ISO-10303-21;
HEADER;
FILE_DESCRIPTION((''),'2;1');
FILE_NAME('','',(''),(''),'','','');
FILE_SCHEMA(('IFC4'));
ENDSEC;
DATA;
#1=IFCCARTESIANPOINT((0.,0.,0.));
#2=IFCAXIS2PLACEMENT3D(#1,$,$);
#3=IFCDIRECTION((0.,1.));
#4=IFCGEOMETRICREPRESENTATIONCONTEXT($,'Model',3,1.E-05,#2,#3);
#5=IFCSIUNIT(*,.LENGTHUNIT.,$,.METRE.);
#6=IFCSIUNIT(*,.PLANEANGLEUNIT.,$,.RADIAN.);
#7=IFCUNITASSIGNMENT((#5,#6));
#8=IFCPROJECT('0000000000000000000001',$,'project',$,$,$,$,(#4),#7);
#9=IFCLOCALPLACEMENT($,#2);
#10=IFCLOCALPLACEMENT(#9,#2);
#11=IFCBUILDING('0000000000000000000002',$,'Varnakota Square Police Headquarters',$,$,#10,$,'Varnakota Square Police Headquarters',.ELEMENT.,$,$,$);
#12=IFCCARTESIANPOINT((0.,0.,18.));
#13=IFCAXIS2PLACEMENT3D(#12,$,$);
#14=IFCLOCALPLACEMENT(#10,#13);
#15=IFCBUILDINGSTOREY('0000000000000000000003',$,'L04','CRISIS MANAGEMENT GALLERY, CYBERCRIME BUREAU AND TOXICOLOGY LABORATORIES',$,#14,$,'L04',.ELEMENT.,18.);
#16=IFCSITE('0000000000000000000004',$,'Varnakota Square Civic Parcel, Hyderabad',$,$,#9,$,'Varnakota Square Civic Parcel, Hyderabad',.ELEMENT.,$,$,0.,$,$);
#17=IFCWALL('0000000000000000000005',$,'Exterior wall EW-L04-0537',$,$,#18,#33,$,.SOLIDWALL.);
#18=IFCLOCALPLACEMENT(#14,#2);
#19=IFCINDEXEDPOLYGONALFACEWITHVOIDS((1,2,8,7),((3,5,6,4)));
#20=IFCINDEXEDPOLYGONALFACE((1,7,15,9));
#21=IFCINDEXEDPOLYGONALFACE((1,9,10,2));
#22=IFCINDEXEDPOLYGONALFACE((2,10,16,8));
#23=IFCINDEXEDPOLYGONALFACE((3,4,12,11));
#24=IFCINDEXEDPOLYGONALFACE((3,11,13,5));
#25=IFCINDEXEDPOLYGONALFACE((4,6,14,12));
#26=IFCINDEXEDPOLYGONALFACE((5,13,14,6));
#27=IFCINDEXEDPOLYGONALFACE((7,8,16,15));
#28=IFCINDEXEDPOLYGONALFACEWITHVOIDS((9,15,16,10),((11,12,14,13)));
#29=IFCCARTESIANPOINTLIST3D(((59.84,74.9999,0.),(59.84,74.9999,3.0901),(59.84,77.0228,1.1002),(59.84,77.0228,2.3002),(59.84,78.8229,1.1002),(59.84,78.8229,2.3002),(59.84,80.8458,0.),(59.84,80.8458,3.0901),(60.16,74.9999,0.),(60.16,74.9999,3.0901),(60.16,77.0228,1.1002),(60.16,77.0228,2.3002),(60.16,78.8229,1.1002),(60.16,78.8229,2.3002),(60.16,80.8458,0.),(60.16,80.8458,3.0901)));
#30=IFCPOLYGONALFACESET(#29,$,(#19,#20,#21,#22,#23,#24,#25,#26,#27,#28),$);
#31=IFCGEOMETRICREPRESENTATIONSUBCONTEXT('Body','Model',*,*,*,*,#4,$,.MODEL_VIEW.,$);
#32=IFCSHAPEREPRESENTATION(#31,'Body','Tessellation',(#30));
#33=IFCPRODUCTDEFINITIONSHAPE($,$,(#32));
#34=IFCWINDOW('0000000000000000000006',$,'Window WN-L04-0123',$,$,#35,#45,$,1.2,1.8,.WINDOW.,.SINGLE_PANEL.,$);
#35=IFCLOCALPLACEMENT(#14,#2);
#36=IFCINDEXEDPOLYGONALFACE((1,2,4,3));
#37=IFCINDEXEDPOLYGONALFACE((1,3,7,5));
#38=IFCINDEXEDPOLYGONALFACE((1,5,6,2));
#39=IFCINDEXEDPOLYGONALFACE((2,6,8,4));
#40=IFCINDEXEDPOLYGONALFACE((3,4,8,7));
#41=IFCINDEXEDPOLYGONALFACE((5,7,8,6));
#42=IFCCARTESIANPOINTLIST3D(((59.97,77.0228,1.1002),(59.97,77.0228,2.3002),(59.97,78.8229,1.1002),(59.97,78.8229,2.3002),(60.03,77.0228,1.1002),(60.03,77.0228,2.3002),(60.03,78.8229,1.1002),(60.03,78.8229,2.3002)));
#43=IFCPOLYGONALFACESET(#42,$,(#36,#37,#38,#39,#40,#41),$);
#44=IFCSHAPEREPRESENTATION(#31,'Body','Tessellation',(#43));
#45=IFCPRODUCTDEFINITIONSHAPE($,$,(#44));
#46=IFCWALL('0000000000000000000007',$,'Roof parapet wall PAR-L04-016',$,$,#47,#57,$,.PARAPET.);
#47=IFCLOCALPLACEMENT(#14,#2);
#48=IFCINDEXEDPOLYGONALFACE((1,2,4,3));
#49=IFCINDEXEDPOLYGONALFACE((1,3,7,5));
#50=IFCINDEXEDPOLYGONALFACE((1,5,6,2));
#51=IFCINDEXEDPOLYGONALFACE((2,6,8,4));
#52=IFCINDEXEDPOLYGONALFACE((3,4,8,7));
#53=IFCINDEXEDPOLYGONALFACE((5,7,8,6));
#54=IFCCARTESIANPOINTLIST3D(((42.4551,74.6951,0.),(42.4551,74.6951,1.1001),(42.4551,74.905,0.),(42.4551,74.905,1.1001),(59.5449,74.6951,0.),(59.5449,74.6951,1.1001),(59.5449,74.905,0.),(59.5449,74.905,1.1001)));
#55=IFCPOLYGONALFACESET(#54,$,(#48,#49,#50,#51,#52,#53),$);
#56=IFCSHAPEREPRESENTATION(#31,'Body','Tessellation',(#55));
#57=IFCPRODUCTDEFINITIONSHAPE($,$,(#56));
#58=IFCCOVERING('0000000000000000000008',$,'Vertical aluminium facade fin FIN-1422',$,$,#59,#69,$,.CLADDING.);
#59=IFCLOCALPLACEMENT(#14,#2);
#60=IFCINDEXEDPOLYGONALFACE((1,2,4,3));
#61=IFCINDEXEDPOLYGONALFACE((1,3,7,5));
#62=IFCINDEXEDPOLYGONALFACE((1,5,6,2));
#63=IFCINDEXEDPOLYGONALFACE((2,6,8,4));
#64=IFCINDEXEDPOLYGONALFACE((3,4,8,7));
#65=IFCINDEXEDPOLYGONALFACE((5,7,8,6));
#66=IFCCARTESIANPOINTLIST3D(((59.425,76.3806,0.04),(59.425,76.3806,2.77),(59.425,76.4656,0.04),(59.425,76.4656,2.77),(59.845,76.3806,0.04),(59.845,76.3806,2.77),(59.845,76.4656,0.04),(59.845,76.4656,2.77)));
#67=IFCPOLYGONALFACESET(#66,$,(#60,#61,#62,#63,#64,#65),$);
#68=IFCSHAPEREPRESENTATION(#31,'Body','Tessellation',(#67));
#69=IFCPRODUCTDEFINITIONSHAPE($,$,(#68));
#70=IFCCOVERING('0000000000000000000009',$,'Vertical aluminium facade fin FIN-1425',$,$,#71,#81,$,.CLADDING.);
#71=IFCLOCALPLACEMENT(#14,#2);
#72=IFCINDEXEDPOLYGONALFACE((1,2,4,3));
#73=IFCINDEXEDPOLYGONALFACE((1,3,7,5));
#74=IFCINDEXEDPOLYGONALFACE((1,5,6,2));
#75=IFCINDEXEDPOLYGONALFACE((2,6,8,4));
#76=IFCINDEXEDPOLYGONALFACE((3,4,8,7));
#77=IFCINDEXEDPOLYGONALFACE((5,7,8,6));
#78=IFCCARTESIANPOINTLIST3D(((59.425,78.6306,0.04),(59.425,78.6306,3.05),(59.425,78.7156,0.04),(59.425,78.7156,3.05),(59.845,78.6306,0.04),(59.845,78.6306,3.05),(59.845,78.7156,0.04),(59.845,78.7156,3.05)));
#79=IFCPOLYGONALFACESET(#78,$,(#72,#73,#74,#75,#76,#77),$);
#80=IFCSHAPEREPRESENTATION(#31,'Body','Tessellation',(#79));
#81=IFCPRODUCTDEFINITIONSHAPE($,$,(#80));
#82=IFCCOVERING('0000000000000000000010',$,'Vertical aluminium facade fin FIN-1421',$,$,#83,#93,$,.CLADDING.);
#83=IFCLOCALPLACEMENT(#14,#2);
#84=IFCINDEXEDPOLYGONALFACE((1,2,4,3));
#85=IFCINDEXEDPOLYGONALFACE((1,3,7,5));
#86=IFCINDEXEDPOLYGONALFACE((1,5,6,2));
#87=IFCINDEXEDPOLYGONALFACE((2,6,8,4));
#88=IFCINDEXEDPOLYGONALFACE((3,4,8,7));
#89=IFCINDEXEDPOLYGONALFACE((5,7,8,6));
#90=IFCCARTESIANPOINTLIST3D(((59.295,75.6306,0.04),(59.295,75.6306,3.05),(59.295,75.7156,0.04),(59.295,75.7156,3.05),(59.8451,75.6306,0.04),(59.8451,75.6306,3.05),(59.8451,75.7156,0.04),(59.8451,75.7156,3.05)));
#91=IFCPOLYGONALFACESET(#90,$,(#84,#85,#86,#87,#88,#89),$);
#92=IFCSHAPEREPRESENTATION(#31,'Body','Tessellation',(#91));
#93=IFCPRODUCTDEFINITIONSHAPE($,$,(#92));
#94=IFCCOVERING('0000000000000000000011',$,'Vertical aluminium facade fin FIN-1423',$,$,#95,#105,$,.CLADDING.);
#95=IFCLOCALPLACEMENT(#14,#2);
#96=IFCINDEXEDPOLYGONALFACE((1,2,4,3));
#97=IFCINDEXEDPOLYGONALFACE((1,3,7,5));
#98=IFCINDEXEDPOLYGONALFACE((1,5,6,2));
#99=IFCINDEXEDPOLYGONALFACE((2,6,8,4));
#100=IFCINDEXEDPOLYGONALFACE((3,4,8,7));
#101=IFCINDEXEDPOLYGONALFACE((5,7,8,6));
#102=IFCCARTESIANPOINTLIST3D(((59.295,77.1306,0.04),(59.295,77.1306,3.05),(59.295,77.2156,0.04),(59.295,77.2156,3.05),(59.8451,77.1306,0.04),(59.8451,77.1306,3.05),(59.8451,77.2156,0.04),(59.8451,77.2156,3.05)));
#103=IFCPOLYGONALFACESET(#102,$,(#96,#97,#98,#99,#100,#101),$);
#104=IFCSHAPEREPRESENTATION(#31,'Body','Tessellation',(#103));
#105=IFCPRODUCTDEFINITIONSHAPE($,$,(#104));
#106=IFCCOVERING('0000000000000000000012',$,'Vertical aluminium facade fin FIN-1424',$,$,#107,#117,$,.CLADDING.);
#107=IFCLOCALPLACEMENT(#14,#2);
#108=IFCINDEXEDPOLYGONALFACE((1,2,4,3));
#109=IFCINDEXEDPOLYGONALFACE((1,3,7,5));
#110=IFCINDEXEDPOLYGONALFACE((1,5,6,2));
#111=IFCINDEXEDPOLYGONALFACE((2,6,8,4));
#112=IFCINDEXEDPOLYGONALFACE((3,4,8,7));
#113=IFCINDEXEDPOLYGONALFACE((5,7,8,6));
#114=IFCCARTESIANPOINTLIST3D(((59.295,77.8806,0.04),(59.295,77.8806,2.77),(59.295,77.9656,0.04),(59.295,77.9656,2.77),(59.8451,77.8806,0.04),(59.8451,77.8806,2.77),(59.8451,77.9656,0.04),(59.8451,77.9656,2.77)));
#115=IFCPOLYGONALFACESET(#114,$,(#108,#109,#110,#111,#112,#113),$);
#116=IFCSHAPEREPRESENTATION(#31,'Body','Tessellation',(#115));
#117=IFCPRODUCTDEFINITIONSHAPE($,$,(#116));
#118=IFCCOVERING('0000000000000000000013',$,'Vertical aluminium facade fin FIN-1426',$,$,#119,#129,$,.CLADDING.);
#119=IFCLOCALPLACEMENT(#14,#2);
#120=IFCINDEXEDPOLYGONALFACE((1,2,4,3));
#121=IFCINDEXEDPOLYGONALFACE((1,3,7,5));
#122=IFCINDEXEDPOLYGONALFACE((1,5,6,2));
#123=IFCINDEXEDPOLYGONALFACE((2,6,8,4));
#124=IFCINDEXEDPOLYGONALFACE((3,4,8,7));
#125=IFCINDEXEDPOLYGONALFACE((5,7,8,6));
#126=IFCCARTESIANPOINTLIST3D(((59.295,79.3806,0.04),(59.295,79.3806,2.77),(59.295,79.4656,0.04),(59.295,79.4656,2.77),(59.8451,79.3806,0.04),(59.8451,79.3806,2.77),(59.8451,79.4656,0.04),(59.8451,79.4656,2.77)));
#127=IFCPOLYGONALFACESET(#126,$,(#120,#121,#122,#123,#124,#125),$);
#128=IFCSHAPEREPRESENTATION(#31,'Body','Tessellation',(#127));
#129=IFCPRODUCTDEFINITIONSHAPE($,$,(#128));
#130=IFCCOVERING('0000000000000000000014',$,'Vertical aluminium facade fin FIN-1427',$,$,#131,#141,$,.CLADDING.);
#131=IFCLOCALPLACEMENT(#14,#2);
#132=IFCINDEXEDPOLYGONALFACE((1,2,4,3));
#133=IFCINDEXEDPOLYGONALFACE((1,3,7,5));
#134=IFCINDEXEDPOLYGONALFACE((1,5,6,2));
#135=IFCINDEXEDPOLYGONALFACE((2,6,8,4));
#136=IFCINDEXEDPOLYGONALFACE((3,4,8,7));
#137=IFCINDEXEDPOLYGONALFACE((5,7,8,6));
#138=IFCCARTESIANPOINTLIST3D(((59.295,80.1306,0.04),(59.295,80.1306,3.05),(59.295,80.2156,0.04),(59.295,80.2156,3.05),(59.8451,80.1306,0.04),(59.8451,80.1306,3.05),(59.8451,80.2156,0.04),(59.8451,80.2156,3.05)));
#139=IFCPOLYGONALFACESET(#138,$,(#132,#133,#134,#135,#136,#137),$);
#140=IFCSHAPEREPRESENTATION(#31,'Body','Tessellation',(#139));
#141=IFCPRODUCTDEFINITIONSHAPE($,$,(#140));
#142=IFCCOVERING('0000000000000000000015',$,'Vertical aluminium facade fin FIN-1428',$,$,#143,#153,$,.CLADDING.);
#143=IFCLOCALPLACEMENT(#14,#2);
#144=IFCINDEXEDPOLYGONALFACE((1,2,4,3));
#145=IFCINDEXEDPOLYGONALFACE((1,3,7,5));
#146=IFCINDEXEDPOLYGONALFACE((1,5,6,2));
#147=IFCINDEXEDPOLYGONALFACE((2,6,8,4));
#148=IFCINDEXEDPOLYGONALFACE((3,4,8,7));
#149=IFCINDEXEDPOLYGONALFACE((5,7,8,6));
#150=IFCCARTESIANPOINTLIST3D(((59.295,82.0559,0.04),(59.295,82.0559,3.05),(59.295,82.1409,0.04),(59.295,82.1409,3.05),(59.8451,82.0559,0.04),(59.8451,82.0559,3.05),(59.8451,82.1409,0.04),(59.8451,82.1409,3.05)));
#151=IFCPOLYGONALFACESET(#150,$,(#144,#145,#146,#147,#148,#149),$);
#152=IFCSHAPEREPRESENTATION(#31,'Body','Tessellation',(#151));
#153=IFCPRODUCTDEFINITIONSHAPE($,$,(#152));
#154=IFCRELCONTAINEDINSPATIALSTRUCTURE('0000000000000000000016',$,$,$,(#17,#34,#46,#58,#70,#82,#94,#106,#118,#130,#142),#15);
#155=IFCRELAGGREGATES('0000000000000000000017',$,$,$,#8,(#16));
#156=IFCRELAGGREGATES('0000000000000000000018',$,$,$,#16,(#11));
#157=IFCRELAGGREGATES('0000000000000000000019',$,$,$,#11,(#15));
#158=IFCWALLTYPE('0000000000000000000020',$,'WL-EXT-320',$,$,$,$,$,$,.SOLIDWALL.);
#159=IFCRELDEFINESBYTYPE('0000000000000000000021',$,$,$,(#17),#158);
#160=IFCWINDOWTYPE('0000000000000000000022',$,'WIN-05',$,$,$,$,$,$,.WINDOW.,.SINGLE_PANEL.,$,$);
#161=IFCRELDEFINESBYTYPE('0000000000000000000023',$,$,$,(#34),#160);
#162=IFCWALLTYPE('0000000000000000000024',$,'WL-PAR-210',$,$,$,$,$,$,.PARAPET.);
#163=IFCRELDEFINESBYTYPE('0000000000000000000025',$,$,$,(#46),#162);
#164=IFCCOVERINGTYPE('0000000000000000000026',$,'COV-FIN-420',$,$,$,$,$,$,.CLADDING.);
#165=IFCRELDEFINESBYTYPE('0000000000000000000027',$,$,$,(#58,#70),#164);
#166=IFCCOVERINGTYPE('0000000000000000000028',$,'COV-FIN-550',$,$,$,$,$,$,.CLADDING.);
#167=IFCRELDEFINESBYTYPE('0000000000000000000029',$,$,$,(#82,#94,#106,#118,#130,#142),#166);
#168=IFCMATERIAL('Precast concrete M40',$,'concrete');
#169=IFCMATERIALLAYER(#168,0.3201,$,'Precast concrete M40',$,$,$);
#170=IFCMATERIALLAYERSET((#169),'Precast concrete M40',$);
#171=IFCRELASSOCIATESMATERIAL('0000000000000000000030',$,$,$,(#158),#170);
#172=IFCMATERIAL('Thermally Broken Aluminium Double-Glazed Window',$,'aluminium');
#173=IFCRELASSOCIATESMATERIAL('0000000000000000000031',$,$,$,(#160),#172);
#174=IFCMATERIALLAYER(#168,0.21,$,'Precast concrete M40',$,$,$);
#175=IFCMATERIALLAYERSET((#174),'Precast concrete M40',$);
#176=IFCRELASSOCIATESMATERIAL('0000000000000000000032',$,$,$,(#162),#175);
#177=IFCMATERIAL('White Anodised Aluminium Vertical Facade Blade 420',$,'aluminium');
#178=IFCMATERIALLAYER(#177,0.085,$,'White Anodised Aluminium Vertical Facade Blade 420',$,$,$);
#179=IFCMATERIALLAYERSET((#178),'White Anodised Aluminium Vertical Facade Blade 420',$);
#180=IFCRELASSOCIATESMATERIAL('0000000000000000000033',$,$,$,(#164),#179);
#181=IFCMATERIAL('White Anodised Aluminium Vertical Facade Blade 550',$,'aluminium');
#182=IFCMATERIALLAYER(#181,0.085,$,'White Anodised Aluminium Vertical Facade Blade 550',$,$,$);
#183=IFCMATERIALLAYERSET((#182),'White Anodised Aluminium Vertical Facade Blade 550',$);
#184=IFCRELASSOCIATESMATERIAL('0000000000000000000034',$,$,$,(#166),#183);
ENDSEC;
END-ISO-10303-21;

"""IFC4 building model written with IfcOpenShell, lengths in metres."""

from ifc_helpers import new_model, si_unit, direction, frame, frame_2d, origin, origin_2d, place, context, subcontext, project, spatial, rectangle, extrude, material, layer, layer_set, type_object, element, fill, save


model = new_model("IFC4")

# Units and contexts
model_context = context("Model", 3, precision=1e-05, world=origin(), true_north=direction((0.0, 1.0)))
body_context = subcontext(model_context, "Body", "Model", "MODEL_VIEW")
ifc_project = project(units=[si_unit("LENGTHUNIT", "METRE"), si_unit("PLANEANGLEUNIT", "RADIAN")], contexts=[model_context])

# Site, building, storey
site_placement = place(None, origin())
site = spatial("IfcSite", under=ifc_project, at=site_placement, Name="Varnakota Square Civic Parcel, Hyderabad", LongName="Varnakota Square Civic Parcel, Hyderabad", CompositionType="ELEMENT", RefElevation=0.0)
building_placement = place(site_placement, origin())
building = spatial("IfcBuilding", under=site, at=building_placement, Name="Varnakota Square Police Headquarters", LongName="Varnakota Square Police Headquarters", CompositionType="ELEMENT")
storey_placement = place(building_placement, frame((0.0, 0.0, 18.0)))
storey = spatial("IfcBuildingStorey", under=building, at=storey_placement, Name="L04", Description="CRISIS MANAGEMENT GALLERY, CYBERCRIME BUREAU AND TOXICOLOGY LABORATORIES", LongName="L04", CompositionType="ELEMENT", Elevation=18.0)

# Wall, opening, window
ifc_material_1 = material(Name="Precast concrete M40", Category="concrete")
ifc_layer_1 = layer(ifc_material_1, 0.3201, Name="Precast concrete M40")
ifc_layer_set_1 = layer_set([ifc_layer_1], Name="Precast concrete M40")
wall_type_1 = type_object("IfcWallType", Name="WL-EXT-320", PredefinedType="SOLIDWALL", material=ifc_layer_set_1)
wall_1_placement = place(storey_placement, frame((60.0, 75.0, 0.0), z_axis=(0.0, 0.0, 1.0), x_axis=(0.0, 1.0, 0.0)))
wall_1 = element("IfcWall", 1, at=wall_1_placement, inside=storey, type_object=wall_type_1, Name="Exterior wall EW-L04-0537", PredefinedType="SOLIDWALL", context=body_context, shape_type="SweptSolid", body=[
    extrude(rectangle(XDim=5.8459, YDim=0.3201, at=frame_2d((2.9229, 0.0))), origin(), (0.0, 0.0, 1.0), 3.0901),
])
opening_placement = place(wall_1_placement, frame((2.0229, 0.0, 1.1001)))
opening = element("IfcOpeningElement", 2, at=opening_placement, cuts=wall_1, PredefinedType="OPENING", context=body_context, shape_type="SweptSolid", body=[
    extrude(rectangle(XDim=1.8, YDim=1.2, at=frame_2d((0.8999, 0.6001))), frame((0.0, 0.1699, 0.0), z_axis=(0.0, -1.0, 0.0), x_axis=(1.0, 0.0, 0.0)), (0.0, 0.0, 1.0), 0.3401),
])
ifc_material_2 = material(Name="Thermally Broken Aluminium Double-Glazed Window", Category="aluminium")
window_type = type_object("IfcWindowType", Name="WIN-05", PartitioningType="SINGLE_PANEL", PredefinedType="WINDOW", material=ifc_material_2)
window_placement = place(opening_placement, origin())
window = element("IfcWindow", 3, at=window_placement, inside=storey, type_object=window_type, Name="Window WN-L04-0123", OverallHeight=1.2, OverallWidth=1.8, PartitioningType="SINGLE_PANEL", PredefinedType="WINDOW", context=body_context, shape_type="SweptSolid", body=[
    extrude(rectangle(XDim=1.8, YDim=1.2, at=frame_2d((0.8999, 0.6001))), frame((0.0, 0.03, 0.0), z_axis=(0.0, -1.0, 0.0), x_axis=(1.0, 0.0, 0.0)), (0.0, 0.0, 1.0), 0.0601),
])
fill(opening, window)

# Wall
ifc_layer_2 = layer(ifc_material_1, 0.21, Name="Precast concrete M40")
ifc_layer_set_2 = layer_set([ifc_layer_2], Name="Precast concrete M40")
wall_type_2 = type_object("IfcWallType", Name="WL-PAR-210", PredefinedType="PARAPET", material=ifc_layer_set_2)
wall_2_placement = place(storey_placement, frame((59.5449, 74.8, 0.0), z_axis=(0.0, 0.0, 1.0), x_axis=(-1.0, 0.0, 0.0)))
element("IfcWall", 4, at=wall_2_placement, inside=storey, type_object=wall_type_2, Name="Roof parapet wall PAR-L04-016", PredefinedType="PARAPET", context=body_context, shape_type="SweptSolid", body=[
    extrude(rectangle(XDim=17.0898, YDim=0.21, at=frame_2d((8.5449, 0.0))), origin(), (0.0, 0.0, 1.0), 1.1001),
])

# Coverings
ifc_material_3 = material(Name="White Anodised Aluminium Vertical Facade Blade 420", Category="aluminium")
ifc_layer_3 = layer(ifc_material_3, 0.085, Name="White Anodised Aluminium Vertical Facade Blade 420")
ifc_layer_set_3 = layer_set([ifc_layer_3], Name="White Anodised Aluminium Vertical Facade Blade 420")
covering_type_1 = type_object("IfcCoveringType", Name="COV-FIN-420", PredefinedType="CLADDING", material=ifc_layer_set_3)
covering_1_placement = place(storey_placement, frame((59.635, 76.4231, 0.04), z_axis=(0.0, 0.0, 1.0), x_axis=(0.0, 1.0, 0.0)))
element("IfcCovering", 5, at=covering_1_placement, inside=storey, type_object=covering_type_1, Name="Vertical aluminium facade fin FIN-1422", PredefinedType="CLADDING", context=body_context, shape_type="SweptSolid", body=[
    extrude(rectangle(XDim=0.085, YDim=0.4199, at=origin_2d()), origin(), (0.0, 0.0, 1.0), 2.73),
])
covering_2_placement = place(storey_placement, frame((59.635, 78.6731, 0.04), z_axis=(0.0, 0.0, 1.0), x_axis=(0.0, 1.0, 0.0)))
element("IfcCovering", 6, at=covering_2_placement, inside=storey, type_object=covering_type_1, Name="Vertical aluminium facade fin FIN-1425", PredefinedType="CLADDING", context=body_context, shape_type="SweptSolid", body=[
    extrude(rectangle(XDim=0.085, YDim=0.4199, at=origin_2d()), origin(), (0.0, 0.0, 1.0), 3.01),
])
ifc_material_4 = material(Name="White Anodised Aluminium Vertical Facade Blade 550", Category="aluminium")
ifc_layer_4 = layer(ifc_material_4, 0.085, Name="White Anodised Aluminium Vertical Facade Blade 550")
ifc_layer_set_4 = layer_set([ifc_layer_4], Name="White Anodised Aluminium Vertical Facade Blade 550")
covering_type_2 = type_object("IfcCoveringType", Name="COV-FIN-550", PredefinedType="CLADDING", material=ifc_layer_set_4)
for number, where, z_axis, x_axis, name in (
    (7, (59.5701, 75.6731, 0.04), (0.0, 0.0, 1.0), (0.0, 1.0, 0.0), "Vertical aluminium facade fin FIN-1421"),
    (8, (59.5701, 77.1731, 0.04), (0.0, 0.0, 1.0), (0.0, 1.0, 0.0), "Vertical aluminium facade fin FIN-1423"),
):
    element("IfcCovering", number, at=place(storey_placement, frame(where, z_axis=z_axis, x_axis=x_axis)), inside=storey, type_object=covering_type_2, Name=name, PredefinedType="CLADDING", context=body_context, shape_type="SweptSolid", body=[
        extrude(rectangle(XDim=0.085, YDim=0.55, at=origin_2d()), origin(), (0.0, 0.0, 1.0), 3.01),
    ])
for number, where, z_axis, x_axis, name in (
    (9, (59.5701, 77.9231, 0.04), (0.0, 0.0, 1.0), (0.0, 1.0, 0.0), "Vertical aluminium facade fin FIN-1424"),
    (10, (59.5701, 79.4231, 0.04), (0.0, 0.0, 1.0), (0.0, 1.0, 0.0), "Vertical aluminium facade fin FIN-1426"),
):
    element("IfcCovering", number, at=place(storey_placement, frame(where, z_axis=z_axis, x_axis=x_axis)), inside=storey, type_object=covering_type_2, Name=name, PredefinedType="CLADDING", context=body_context, shape_type="SweptSolid", body=[
        extrude(rectangle(XDim=0.085, YDim=0.55, at=origin_2d()), origin(), (0.0, 0.0, 1.0), 2.73),
    ])
for number, where, z_axis, x_axis, name in (
    (11, (59.5701, 80.1731, 0.04), (0.0, 0.0, 1.0), (0.0, 1.0, 0.0), "Vertical aluminium facade fin FIN-1427"),
    (12, (59.5701, 82.0984, 0.04), (0.0, 0.0, 1.0), (0.0, 1.0, 0.0), "Vertical aluminium facade fin FIN-1428"),
):
    element("IfcCovering", number, at=place(storey_placement, frame(where, z_axis=z_axis, x_axis=x_axis)), inside=storey, type_object=covering_type_2, Name=name, PredefinedType="CLADDING", context=body_context, shape_type="SweptSolid", body=[
        extrude(rectangle(XDim=0.085, YDim=0.55, at=origin_2d()), origin(), (0.0, 0.0, 1.0), 3.01),
    ])

save(model, "model.ifc")
